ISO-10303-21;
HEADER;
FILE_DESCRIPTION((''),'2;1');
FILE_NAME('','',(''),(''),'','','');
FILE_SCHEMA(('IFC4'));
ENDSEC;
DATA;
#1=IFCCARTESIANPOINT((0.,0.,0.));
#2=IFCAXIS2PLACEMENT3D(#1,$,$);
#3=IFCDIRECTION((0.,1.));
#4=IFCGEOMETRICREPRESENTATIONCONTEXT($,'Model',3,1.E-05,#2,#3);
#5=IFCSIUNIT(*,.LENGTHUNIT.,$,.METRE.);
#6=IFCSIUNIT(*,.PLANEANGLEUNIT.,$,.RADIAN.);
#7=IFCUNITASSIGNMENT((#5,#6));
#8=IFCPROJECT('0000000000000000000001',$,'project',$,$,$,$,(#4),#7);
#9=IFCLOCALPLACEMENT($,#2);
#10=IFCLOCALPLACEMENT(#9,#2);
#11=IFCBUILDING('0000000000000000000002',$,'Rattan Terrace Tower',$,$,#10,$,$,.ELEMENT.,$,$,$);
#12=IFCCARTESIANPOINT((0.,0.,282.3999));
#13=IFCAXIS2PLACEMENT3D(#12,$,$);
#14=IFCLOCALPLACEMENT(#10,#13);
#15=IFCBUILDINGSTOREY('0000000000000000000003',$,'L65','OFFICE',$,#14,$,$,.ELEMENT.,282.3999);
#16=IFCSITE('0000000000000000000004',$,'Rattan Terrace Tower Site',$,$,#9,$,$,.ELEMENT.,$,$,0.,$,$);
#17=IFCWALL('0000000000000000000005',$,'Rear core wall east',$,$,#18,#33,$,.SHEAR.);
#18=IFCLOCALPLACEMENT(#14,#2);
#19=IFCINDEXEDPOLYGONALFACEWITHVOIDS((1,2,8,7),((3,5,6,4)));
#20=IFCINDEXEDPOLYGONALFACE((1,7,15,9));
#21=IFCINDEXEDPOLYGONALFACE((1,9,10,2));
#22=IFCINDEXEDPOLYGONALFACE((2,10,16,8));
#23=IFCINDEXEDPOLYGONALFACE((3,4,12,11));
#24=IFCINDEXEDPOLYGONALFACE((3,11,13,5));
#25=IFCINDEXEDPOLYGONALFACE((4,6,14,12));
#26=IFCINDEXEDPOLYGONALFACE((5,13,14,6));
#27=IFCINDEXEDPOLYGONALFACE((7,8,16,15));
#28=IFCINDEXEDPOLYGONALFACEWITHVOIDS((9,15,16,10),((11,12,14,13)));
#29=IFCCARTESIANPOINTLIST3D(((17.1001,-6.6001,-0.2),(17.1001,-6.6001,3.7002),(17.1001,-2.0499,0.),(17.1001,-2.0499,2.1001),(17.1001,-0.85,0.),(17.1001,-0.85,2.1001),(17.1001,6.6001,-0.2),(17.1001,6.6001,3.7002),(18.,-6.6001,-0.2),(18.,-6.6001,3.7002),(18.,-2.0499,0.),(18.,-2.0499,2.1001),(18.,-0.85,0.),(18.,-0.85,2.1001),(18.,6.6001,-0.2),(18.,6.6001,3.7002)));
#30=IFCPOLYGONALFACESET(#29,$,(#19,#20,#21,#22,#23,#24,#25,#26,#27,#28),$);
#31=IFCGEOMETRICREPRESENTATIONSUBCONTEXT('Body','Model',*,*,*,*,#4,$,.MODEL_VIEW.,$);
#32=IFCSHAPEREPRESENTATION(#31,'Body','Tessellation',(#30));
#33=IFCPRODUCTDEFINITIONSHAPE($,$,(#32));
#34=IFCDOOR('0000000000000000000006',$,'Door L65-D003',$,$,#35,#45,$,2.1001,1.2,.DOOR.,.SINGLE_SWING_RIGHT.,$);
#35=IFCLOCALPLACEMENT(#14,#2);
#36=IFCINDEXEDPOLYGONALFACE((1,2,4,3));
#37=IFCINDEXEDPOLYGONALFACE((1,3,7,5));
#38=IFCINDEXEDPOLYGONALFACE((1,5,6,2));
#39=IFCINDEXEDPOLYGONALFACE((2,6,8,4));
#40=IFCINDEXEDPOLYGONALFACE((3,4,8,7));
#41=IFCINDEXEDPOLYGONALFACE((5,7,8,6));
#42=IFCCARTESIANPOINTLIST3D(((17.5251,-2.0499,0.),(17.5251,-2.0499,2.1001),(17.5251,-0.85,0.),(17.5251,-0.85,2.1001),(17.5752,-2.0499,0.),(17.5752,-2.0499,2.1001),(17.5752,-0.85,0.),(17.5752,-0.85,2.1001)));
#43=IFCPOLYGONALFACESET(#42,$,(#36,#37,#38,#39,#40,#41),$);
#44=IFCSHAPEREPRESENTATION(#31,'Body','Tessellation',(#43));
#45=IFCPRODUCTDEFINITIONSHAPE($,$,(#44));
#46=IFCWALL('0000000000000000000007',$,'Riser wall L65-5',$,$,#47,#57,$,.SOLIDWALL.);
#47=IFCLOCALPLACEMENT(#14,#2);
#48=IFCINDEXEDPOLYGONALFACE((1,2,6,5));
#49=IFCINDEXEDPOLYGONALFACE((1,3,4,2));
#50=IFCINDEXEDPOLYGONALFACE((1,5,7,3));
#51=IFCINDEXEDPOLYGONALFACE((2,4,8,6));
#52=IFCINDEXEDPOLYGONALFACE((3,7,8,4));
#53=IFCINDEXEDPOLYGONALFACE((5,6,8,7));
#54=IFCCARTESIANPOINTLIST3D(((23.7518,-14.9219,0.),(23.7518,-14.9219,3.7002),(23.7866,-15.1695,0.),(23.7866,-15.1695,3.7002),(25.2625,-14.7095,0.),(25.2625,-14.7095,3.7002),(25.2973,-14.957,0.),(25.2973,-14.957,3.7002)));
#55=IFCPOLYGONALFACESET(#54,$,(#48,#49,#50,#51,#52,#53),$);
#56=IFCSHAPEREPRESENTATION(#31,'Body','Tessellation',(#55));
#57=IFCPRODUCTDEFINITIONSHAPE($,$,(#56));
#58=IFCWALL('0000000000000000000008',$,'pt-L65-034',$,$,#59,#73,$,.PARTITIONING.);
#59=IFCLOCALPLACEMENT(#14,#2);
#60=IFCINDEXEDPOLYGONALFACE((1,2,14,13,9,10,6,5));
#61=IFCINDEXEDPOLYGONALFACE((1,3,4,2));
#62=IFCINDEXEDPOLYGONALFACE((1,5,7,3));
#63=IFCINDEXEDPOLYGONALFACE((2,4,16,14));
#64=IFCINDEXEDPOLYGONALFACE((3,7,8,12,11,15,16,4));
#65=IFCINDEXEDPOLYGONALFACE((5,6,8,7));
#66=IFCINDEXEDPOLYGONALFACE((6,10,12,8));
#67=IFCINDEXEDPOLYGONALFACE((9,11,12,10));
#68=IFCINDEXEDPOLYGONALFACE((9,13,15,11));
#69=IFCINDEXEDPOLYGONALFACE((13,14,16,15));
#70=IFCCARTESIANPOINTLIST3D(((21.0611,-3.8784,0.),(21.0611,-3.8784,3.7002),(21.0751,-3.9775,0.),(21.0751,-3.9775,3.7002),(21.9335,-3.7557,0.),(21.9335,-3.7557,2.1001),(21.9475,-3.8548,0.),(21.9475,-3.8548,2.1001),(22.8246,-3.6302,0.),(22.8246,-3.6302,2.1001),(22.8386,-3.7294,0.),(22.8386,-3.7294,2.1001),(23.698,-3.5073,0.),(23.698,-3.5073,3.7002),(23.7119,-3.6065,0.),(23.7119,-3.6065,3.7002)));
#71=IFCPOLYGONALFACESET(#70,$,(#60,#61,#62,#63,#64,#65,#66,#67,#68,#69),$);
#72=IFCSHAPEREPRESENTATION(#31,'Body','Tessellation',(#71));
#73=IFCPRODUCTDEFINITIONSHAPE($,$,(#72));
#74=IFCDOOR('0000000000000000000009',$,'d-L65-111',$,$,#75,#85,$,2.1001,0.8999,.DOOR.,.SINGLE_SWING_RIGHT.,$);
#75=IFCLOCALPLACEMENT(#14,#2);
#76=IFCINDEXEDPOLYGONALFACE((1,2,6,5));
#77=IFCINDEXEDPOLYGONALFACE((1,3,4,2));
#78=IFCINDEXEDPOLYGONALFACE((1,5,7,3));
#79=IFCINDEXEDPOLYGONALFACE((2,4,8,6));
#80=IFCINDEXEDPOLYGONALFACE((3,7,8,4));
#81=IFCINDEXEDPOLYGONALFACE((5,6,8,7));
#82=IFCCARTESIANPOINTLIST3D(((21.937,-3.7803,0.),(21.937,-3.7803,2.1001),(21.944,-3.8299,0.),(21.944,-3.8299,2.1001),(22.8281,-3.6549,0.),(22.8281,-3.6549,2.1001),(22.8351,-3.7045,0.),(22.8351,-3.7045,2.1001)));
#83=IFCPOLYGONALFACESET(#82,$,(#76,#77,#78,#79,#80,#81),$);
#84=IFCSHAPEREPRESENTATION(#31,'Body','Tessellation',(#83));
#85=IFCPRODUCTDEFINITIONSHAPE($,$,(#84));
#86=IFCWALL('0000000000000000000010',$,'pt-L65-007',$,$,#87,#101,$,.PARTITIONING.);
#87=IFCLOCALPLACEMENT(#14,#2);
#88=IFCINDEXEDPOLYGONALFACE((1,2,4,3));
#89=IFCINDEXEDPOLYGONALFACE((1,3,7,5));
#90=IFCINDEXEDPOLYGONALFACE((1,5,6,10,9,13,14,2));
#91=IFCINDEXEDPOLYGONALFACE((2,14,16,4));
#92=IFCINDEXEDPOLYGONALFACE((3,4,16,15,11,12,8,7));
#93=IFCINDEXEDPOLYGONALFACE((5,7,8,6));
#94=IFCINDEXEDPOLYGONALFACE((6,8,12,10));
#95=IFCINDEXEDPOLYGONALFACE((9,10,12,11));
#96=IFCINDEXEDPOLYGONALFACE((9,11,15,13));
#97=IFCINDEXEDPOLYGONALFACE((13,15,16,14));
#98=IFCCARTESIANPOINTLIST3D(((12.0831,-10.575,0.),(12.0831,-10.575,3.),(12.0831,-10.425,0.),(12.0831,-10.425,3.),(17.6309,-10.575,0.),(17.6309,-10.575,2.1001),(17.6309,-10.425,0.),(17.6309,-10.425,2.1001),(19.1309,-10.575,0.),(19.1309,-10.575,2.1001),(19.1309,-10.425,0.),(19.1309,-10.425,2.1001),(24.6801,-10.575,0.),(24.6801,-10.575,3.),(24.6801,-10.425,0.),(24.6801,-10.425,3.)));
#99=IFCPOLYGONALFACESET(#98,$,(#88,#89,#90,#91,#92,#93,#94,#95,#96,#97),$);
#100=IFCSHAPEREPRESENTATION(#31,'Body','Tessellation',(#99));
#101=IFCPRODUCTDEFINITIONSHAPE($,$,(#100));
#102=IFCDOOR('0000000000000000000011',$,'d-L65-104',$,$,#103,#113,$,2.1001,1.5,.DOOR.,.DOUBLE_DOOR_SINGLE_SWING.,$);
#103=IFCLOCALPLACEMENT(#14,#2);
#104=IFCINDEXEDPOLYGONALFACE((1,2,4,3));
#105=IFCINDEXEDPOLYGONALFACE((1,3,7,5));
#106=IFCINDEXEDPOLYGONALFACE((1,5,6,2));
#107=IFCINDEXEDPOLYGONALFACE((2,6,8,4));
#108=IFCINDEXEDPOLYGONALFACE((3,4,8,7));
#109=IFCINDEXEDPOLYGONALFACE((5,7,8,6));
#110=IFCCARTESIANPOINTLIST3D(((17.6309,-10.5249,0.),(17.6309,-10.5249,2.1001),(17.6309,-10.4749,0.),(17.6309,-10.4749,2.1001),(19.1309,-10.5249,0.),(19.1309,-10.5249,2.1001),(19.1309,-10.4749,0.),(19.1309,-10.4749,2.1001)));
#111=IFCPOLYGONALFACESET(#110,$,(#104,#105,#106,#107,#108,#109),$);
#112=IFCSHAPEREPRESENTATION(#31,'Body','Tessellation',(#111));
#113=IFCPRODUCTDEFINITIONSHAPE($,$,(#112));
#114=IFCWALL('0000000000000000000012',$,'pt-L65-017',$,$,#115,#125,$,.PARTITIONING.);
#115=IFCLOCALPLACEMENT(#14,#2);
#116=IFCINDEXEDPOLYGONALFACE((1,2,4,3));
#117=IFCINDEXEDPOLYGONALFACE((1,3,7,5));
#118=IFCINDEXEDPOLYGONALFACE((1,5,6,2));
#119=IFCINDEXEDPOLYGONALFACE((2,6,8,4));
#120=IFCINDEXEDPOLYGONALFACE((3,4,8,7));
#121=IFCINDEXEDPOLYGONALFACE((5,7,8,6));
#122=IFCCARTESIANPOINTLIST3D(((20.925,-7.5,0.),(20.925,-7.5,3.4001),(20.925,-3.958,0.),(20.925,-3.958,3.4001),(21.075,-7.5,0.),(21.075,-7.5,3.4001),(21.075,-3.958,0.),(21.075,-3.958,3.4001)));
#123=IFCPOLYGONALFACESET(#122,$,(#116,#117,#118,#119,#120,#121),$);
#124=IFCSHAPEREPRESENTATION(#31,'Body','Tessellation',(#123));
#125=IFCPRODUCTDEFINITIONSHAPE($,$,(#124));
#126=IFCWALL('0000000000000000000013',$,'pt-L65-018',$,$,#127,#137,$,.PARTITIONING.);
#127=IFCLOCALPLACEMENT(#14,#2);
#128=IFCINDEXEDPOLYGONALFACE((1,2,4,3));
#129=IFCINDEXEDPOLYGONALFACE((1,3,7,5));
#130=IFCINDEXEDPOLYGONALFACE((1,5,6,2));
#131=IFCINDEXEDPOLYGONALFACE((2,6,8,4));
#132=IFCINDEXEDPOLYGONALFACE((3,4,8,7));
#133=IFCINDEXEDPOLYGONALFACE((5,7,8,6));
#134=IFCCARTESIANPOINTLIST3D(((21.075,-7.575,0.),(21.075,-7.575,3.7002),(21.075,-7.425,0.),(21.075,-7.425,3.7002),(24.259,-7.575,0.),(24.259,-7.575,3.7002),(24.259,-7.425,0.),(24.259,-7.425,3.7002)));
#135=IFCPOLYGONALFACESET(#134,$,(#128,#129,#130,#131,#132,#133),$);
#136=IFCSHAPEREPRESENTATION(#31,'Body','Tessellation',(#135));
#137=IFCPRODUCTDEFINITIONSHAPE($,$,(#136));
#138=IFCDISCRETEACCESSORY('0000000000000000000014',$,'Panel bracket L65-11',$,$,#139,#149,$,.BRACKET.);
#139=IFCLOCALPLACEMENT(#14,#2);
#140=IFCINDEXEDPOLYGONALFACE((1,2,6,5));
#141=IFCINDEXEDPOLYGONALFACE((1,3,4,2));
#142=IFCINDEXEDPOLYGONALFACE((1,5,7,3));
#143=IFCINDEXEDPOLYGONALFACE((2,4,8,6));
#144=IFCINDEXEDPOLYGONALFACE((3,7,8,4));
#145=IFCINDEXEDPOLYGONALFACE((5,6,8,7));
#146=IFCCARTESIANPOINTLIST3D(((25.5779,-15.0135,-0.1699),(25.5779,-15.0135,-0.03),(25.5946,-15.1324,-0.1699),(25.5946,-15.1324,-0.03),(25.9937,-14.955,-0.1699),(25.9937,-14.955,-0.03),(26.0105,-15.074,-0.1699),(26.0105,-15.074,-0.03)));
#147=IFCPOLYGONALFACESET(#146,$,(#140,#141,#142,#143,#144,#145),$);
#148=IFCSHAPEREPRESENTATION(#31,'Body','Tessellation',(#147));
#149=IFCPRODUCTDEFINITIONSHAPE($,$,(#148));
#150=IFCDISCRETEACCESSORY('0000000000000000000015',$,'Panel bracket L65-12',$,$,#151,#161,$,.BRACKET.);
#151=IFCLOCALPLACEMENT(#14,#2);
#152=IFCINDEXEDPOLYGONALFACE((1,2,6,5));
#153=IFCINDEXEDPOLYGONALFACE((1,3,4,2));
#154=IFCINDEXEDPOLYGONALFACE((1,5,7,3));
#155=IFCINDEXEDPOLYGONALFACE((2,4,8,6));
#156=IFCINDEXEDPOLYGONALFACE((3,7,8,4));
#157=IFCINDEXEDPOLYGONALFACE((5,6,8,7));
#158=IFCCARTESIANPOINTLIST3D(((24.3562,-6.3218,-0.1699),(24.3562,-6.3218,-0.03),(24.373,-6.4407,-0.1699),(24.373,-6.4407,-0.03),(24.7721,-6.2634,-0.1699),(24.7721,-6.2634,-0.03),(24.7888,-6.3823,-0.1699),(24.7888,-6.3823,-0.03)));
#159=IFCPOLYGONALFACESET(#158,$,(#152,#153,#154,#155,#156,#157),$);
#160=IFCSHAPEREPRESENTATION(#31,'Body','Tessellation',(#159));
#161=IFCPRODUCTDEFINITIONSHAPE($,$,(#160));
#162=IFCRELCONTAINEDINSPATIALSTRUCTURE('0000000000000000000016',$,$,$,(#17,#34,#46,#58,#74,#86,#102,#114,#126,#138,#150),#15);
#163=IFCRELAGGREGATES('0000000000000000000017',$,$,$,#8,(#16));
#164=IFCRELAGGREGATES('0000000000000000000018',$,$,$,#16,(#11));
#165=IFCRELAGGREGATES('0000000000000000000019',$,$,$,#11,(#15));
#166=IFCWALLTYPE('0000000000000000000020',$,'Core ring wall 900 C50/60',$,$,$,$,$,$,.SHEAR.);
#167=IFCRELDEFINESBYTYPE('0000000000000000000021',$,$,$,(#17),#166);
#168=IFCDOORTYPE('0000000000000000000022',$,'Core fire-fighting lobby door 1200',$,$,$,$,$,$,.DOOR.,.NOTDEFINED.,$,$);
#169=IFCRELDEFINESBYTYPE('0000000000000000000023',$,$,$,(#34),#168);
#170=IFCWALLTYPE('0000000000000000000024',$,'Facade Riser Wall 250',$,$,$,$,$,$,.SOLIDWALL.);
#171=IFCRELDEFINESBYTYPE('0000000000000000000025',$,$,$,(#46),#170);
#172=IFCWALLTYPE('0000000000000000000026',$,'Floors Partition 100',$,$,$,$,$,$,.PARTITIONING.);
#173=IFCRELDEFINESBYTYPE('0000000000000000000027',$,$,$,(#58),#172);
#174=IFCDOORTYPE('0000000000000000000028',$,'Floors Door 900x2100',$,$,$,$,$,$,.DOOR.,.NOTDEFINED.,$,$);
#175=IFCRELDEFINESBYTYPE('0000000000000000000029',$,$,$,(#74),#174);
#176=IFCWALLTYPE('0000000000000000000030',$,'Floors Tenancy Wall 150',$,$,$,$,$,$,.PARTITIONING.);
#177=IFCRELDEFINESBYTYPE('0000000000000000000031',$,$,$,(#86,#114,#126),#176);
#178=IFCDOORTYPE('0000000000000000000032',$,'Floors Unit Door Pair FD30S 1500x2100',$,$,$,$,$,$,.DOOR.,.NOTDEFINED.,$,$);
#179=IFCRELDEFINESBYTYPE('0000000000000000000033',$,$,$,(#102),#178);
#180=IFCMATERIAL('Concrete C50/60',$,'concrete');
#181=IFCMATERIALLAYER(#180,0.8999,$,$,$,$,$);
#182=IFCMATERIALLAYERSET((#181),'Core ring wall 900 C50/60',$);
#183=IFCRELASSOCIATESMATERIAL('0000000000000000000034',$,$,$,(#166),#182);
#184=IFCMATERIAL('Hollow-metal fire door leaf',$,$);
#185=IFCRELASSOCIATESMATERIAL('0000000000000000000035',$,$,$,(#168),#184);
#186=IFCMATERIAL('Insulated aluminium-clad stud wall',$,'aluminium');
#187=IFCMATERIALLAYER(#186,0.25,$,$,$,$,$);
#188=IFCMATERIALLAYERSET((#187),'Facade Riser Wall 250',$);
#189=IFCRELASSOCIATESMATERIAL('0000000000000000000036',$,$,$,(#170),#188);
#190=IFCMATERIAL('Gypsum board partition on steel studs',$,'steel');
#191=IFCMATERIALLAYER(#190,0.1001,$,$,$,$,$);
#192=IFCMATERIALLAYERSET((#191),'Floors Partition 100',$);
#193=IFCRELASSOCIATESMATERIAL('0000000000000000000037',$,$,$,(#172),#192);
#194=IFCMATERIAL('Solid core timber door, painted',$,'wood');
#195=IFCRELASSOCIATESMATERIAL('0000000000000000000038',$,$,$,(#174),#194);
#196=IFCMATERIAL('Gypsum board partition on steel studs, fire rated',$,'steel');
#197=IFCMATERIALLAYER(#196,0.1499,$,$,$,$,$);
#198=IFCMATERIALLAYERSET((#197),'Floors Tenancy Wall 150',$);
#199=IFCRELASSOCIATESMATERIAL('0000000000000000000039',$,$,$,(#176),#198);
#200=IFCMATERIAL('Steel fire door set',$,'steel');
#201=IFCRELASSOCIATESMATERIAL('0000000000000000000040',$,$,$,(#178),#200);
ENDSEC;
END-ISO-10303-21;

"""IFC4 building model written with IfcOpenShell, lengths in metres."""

from ifc_helpers import new_model, si_unit, direction, frame, frame_2d, origin, origin_2d, place, context, subcontext, project, spatial, rectangle, extrude, material, layer, layer_set, type_object, element, fill, save


model = new_model("IFC4")

# Units and contexts
model_context = context("Model", 3, precision=1e-05, world=origin(), true_north=direction((0.0, 1.0)))
body_context = subcontext(model_context, "Body", "Model", "MODEL_VIEW")
ifc_project = project(units=[si_unit("LENGTHUNIT", "METRE"), si_unit("PLANEANGLEUNIT", "RADIAN")], contexts=[model_context])

# Site, building, storey
site_placement = place(None, origin())
site = spatial("IfcSite", under=ifc_project, at=site_placement, Name="Rattan Terrace Tower Site", CompositionType="ELEMENT", RefElevation=0.0)
building_placement = place(site_placement, origin())
building = spatial("IfcBuilding", under=site, at=building_placement, Name="Rattan Terrace Tower", CompositionType="ELEMENT")
storey_placement = place(building_placement, frame((0.0, 0.0, 282.3999)))
storey = spatial("IfcBuildingStorey", under=building, at=storey_placement, Name="L65", Description="OFFICE", CompositionType="ELEMENT", Elevation=282.3999)

# Wall, opening, door
ifc_material_1 = material(Name="Concrete C50/60", Category="concrete")
ifc_layer_1 = layer(ifc_material_1, 0.8999)
ifc_layer_set_1 = layer_set([ifc_layer_1], Name="Core ring wall 900 C50/60")
wall_type_1 = type_object("IfcWallType", Name="Core ring wall 900 C50/60", PredefinedType="SHEAR", material=ifc_layer_set_1)
wall_1_placement = place(storey_placement, frame((17.55, -6.6001, -0.2), z_axis=(0.0, 0.0, 1.0), x_axis=(0.0, 1.0, 0.0)))
wall_1 = element("IfcWall", 1, at=wall_1_placement, inside=storey, type_object=wall_type_1, Name="Rear core wall east", PredefinedType="SHEAR", context=body_context, shape_type="SweptSolid", body=[
    extrude(rectangle(XDim=13.2002, YDim=0.8999, at=frame_2d((6.6001, 0.0))), origin(), (0.0, 0.0, 1.0), 3.9001),
])
opening_1_placement = place(wall_1_placement, frame((4.55, 0.0, 0.2)))
opening_1 = element("IfcOpeningElement", 2, at=opening_1_placement, cuts=wall_1, PredefinedType="OPENING", context=body_context, shape_type="SweptSolid", body=[
    extrude(rectangle(XDim=1.2, YDim=2.1001, at=frame_2d((0.6001, 1.05))), frame((0.0, 0.4604, 0.0), z_axis=(0.0, -1.0, 0.0), x_axis=(1.0, 0.0, 0.0)), (0.0, 0.0, 1.0), 0.9209),
])
ifc_material_2 = material(Name="Hollow-metal fire door leaf")
door_type_1 = type_object("IfcDoorType", Name="Core fire-fighting lobby door 1200", OperationType="NOTDEFINED", PredefinedType="DOOR", material=ifc_material_2)
door_1_placement = place(opening_1_placement, origin())
door_1 = element("IfcDoor", 3, at=door_1_placement, inside=storey, type_object=door_type_1, Name="Door L65-D003", OperationType="SINGLE_SWING_RIGHT", OverallHeight=2.1001, OverallWidth=1.2, PredefinedType="DOOR", context=body_context, shape_type="SweptSolid", body=[
    extrude(rectangle(XDim=1.2, YDim=2.1001, at=frame_2d((0.6001, 1.05))), frame((0.0, 0.0249, 0.0), z_axis=(0.0, -1.0, 0.0), x_axis=(1.0, 0.0, 0.0)), (0.0, 0.0, 1.0), 0.05),
])
fill(opening_1, door_1)

# Wall
ifc_material_3 = material(Name="Insulated aluminium-clad stud wall", Category="aluminium")
ifc_layer_2 = layer(ifc_material_3, 0.25)
ifc_layer_set_2 = layer_set([ifc_layer_2], Name="Facade Riser Wall 250")
wall_type_2 = type_object("IfcWallType", Name="Facade Riser Wall 250", PredefinedType="SOLIDWALL", material=ifc_layer_set_2)
wall_2_placement = place(storey_placement, frame((23.7693, -15.0457, 0.0), z_axis=(0.0, 0.0, 1.0), x_axis=(0.990261, 0.139225, 0.0)))
element("IfcWall", 4, at=wall_2_placement, inside=storey, type_object=wall_type_2, Name="Riser wall L65-5", PredefinedType="SOLIDWALL", context=body_context, shape_type="SweptSolid", body=[
    extrude(rectangle(XDim=1.5256, YDim=0.25, at=frame_2d((0.7627, 0.0))), origin(), (0.0, 0.0, 1.0), 3.7002),
])

# Walls, openings, doors
ifc_material_4 = material(Name="Gypsum board partition on steel studs", Category="steel")
ifc_layer_3 = layer(ifc_material_4, 0.1001)
ifc_layer_set_3 = layer_set([ifc_layer_3], Name="Floors Partition 100")
wall_type_3 = type_object("IfcWallType", Name="Floors Partition 100", PredefinedType="PARTITIONING", material=ifc_layer_set_3)
wall_3_placement = place(storey_placement, frame((23.7051, -3.5569, 0.0), z_axis=(0.0, 0.0, 1.0), x_axis=(-0.990243, -0.139355, 0.0)))
wall_3 = element("IfcWall", 5, at=wall_3_placement, inside=storey, type_object=wall_type_3, Name="pt-L65-034", PredefinedType="PARTITIONING", context=body_context, shape_type="SweptSolid", body=[
    extrude(rectangle(XDim=2.6628, YDim=0.1001, at=frame_2d((1.3315, 0.0))), origin(), (0.0, 0.0, 1.0), 3.7002),
])
opening_2_placement = place(wall_3_placement, frame((0.8821, 0.0, 0.0)))
opening_2 = element("IfcOpeningElement", 6, at=opening_2_placement, cuts=wall_3, PredefinedType="OPENING", context=body_context, shape_type="SweptSolid", body=[
    extrude(rectangle(XDim=0.8999, YDim=2.1001, at=frame_2d((0.45, 1.05))), frame((0.0, 0.0605, 0.0), z_axis=(0.0, -1.0, 0.0), x_axis=(1.0, 0.0, 0.0)), (0.0, 0.0, 1.0), 0.1211),
])
ifc_material_5 = material(Name="Solid core timber door, painted", Category="wood")
door_type_2 = type_object("IfcDoorType", Name="Floors Door 900x2100", OperationType="NOTDEFINED", PredefinedType="DOOR", material=ifc_material_5)
door_2_placement = place(opening_2_placement, origin())
door_2 = element("IfcDoor", 7, at=door_2_placement, inside=storey, type_object=door_type_2, Name="d-L65-111", OperationType="SINGLE_SWING_RIGHT", OverallHeight=2.1001, OverallWidth=0.8999, PredefinedType="DOOR", context=body_context, shape_type="SweptSolid", body=[
    extrude(rectangle(XDim=0.8999, YDim=2.1001, at=frame_2d((0.45, 1.05))), frame((0.0, 0.0249, 0.0), z_axis=(0.0, -1.0, 0.0), x_axis=(1.0, 0.0, 0.0)), (0.0, 0.0, 1.0), 0.05),
])
fill(opening_2, door_2)
ifc_material_6 = material(Name="Gypsum board partition on steel studs, fire rated", Category="steel")
ifc_layer_4 = layer(ifc_material_6, 0.1499)
ifc_layer_set_4 = layer_set([ifc_layer_4], Name="Floors Tenancy Wall 150")
wall_type_4 = type_object("IfcWallType", Name="Floors Tenancy Wall 150", PredefinedType="PARTITIONING", material=ifc_layer_set_4)
wall_4_placement = place(storey_placement, frame((24.6799, -10.5, 0.0), z_axis=(0.0, 0.0, 1.0), x_axis=(-1.0, 0.0, 0.0)))
wall_4 = element("IfcWall", 8, at=wall_4_placement, inside=storey, type_object=wall_type_4, Name="pt-L65-007", PredefinedType="PARTITIONING", context=body_context, shape_type="SweptSolid", body=[
    extrude(rectangle(XDim=12.5969, YDim=0.1499, at=frame_2d((6.2983, 0.0))), origin(), (0.0, 0.0, 1.0), 3.0),
])
opening_3_placement = place(wall_4_placement, frame((5.5491, 0.0, 0.0)))
opening_3 = element("IfcOpeningElement", 9, at=opening_3_placement, cuts=wall_4, PredefinedType="OPENING", context=body_context, shape_type="SweptSolid", body=[
    extrude(rectangle(XDim=1.5, YDim=2.1001, at=frame_2d((0.75, 1.05))), frame((0.0, 0.0854, 0.0), z_axis=(0.0, -1.0, 0.0), x_axis=(1.0, 0.0, 0.0)), (0.0, 0.0, 1.0), 0.1709),
])
ifc_material_7 = material(Name="Steel fire door set", Category="steel")
door_type_3 = type_object("IfcDoorType", Name="Floors Unit Door Pair FD30S 1500x2100", OperationType="NOTDEFINED", PredefinedType="DOOR", material=ifc_material_7)
door_3_placement = place(opening_3_placement, origin())
door_3 = element("IfcDoor", 10, at=door_3_placement, inside=storey, type_object=door_type_3, Name="d-L65-104", OperationType="DOUBLE_DOOR_SINGLE_SWING", OverallHeight=2.1001, OverallWidth=1.5, PredefinedType="DOOR", context=body_context, shape_type="SweptSolid", body=[
    extrude(rectangle(XDim=1.5, YDim=2.1001, at=frame_2d((0.75, 1.05))), frame((0.0, 0.0249, 0.0), z_axis=(0.0, -1.0, 0.0), x_axis=(1.0, 0.0, 0.0)), (0.0, 0.0, 1.0), 0.05),
])
fill(opening_3, door_3)

# Walls
wall_5_placement = place(storey_placement, frame((21.0, -3.958, 0.0), z_axis=(0.0, 0.0, 1.0), x_axis=(0.0, -1.0, 0.0)))
element("IfcWall", 11, at=wall_5_placement, inside=storey, type_object=wall_type_4, Name="pt-L65-017", PredefinedType="PARTITIONING", context=body_context, shape_type="SweptSolid", body=[
    extrude(rectangle(XDim=3.542, YDim=0.1499, at=frame_2d((1.771, 0.0))), origin(), (0.0, 0.0, 1.0), 3.4001),
])
wall_6_placement = place(storey_placement, frame((21.075, -7.5, 0.0), z_axis=(0.0, 0.0, 1.0), x_axis=(1.0, 0.0, 0.0)))
element("IfcWall", 12, at=wall_6_placement, inside=storey, type_object=wall_type_4, Name="pt-L65-018", PredefinedType="PARTITIONING", context=body_context, shape_type="SweptSolid", body=[
    extrude(rectangle(XDim=3.1841, YDim=0.1499, at=frame_2d((1.592, 0.0))), origin(), (0.0, 0.0, 1.0), 3.7002),
])

# Discrete accessories
for number, where, z_axis, x_axis, name in (
    (13, (25.7942, -15.0437, -0.1699), (0.0, 0.0, 1.0), (-0.139192, 0.990265, 0.0), "Panel bracket L65-11"),
    (14, (24.5725, -6.3521, -0.1699), (0.0, 0.0, 1.0), (-0.139192, 0.990265, 0.0), "Panel bracket L65-12"),
):
    element("IfcDiscreteAccessory", number, at=place(storey_placement, frame(where, z_axis=z_axis, x_axis=x_axis)), inside=storey, Name=name, PredefinedType="BRACKET", context=body_context, shape_type="SweptSolid", body=[
        extrude(rectangle(XDim=0.1201, YDim=0.4199, at=origin_2d()), origin(), (0.0, 0.0, 1.0), 0.1399),
    ])

save(model, "model.ifc")
